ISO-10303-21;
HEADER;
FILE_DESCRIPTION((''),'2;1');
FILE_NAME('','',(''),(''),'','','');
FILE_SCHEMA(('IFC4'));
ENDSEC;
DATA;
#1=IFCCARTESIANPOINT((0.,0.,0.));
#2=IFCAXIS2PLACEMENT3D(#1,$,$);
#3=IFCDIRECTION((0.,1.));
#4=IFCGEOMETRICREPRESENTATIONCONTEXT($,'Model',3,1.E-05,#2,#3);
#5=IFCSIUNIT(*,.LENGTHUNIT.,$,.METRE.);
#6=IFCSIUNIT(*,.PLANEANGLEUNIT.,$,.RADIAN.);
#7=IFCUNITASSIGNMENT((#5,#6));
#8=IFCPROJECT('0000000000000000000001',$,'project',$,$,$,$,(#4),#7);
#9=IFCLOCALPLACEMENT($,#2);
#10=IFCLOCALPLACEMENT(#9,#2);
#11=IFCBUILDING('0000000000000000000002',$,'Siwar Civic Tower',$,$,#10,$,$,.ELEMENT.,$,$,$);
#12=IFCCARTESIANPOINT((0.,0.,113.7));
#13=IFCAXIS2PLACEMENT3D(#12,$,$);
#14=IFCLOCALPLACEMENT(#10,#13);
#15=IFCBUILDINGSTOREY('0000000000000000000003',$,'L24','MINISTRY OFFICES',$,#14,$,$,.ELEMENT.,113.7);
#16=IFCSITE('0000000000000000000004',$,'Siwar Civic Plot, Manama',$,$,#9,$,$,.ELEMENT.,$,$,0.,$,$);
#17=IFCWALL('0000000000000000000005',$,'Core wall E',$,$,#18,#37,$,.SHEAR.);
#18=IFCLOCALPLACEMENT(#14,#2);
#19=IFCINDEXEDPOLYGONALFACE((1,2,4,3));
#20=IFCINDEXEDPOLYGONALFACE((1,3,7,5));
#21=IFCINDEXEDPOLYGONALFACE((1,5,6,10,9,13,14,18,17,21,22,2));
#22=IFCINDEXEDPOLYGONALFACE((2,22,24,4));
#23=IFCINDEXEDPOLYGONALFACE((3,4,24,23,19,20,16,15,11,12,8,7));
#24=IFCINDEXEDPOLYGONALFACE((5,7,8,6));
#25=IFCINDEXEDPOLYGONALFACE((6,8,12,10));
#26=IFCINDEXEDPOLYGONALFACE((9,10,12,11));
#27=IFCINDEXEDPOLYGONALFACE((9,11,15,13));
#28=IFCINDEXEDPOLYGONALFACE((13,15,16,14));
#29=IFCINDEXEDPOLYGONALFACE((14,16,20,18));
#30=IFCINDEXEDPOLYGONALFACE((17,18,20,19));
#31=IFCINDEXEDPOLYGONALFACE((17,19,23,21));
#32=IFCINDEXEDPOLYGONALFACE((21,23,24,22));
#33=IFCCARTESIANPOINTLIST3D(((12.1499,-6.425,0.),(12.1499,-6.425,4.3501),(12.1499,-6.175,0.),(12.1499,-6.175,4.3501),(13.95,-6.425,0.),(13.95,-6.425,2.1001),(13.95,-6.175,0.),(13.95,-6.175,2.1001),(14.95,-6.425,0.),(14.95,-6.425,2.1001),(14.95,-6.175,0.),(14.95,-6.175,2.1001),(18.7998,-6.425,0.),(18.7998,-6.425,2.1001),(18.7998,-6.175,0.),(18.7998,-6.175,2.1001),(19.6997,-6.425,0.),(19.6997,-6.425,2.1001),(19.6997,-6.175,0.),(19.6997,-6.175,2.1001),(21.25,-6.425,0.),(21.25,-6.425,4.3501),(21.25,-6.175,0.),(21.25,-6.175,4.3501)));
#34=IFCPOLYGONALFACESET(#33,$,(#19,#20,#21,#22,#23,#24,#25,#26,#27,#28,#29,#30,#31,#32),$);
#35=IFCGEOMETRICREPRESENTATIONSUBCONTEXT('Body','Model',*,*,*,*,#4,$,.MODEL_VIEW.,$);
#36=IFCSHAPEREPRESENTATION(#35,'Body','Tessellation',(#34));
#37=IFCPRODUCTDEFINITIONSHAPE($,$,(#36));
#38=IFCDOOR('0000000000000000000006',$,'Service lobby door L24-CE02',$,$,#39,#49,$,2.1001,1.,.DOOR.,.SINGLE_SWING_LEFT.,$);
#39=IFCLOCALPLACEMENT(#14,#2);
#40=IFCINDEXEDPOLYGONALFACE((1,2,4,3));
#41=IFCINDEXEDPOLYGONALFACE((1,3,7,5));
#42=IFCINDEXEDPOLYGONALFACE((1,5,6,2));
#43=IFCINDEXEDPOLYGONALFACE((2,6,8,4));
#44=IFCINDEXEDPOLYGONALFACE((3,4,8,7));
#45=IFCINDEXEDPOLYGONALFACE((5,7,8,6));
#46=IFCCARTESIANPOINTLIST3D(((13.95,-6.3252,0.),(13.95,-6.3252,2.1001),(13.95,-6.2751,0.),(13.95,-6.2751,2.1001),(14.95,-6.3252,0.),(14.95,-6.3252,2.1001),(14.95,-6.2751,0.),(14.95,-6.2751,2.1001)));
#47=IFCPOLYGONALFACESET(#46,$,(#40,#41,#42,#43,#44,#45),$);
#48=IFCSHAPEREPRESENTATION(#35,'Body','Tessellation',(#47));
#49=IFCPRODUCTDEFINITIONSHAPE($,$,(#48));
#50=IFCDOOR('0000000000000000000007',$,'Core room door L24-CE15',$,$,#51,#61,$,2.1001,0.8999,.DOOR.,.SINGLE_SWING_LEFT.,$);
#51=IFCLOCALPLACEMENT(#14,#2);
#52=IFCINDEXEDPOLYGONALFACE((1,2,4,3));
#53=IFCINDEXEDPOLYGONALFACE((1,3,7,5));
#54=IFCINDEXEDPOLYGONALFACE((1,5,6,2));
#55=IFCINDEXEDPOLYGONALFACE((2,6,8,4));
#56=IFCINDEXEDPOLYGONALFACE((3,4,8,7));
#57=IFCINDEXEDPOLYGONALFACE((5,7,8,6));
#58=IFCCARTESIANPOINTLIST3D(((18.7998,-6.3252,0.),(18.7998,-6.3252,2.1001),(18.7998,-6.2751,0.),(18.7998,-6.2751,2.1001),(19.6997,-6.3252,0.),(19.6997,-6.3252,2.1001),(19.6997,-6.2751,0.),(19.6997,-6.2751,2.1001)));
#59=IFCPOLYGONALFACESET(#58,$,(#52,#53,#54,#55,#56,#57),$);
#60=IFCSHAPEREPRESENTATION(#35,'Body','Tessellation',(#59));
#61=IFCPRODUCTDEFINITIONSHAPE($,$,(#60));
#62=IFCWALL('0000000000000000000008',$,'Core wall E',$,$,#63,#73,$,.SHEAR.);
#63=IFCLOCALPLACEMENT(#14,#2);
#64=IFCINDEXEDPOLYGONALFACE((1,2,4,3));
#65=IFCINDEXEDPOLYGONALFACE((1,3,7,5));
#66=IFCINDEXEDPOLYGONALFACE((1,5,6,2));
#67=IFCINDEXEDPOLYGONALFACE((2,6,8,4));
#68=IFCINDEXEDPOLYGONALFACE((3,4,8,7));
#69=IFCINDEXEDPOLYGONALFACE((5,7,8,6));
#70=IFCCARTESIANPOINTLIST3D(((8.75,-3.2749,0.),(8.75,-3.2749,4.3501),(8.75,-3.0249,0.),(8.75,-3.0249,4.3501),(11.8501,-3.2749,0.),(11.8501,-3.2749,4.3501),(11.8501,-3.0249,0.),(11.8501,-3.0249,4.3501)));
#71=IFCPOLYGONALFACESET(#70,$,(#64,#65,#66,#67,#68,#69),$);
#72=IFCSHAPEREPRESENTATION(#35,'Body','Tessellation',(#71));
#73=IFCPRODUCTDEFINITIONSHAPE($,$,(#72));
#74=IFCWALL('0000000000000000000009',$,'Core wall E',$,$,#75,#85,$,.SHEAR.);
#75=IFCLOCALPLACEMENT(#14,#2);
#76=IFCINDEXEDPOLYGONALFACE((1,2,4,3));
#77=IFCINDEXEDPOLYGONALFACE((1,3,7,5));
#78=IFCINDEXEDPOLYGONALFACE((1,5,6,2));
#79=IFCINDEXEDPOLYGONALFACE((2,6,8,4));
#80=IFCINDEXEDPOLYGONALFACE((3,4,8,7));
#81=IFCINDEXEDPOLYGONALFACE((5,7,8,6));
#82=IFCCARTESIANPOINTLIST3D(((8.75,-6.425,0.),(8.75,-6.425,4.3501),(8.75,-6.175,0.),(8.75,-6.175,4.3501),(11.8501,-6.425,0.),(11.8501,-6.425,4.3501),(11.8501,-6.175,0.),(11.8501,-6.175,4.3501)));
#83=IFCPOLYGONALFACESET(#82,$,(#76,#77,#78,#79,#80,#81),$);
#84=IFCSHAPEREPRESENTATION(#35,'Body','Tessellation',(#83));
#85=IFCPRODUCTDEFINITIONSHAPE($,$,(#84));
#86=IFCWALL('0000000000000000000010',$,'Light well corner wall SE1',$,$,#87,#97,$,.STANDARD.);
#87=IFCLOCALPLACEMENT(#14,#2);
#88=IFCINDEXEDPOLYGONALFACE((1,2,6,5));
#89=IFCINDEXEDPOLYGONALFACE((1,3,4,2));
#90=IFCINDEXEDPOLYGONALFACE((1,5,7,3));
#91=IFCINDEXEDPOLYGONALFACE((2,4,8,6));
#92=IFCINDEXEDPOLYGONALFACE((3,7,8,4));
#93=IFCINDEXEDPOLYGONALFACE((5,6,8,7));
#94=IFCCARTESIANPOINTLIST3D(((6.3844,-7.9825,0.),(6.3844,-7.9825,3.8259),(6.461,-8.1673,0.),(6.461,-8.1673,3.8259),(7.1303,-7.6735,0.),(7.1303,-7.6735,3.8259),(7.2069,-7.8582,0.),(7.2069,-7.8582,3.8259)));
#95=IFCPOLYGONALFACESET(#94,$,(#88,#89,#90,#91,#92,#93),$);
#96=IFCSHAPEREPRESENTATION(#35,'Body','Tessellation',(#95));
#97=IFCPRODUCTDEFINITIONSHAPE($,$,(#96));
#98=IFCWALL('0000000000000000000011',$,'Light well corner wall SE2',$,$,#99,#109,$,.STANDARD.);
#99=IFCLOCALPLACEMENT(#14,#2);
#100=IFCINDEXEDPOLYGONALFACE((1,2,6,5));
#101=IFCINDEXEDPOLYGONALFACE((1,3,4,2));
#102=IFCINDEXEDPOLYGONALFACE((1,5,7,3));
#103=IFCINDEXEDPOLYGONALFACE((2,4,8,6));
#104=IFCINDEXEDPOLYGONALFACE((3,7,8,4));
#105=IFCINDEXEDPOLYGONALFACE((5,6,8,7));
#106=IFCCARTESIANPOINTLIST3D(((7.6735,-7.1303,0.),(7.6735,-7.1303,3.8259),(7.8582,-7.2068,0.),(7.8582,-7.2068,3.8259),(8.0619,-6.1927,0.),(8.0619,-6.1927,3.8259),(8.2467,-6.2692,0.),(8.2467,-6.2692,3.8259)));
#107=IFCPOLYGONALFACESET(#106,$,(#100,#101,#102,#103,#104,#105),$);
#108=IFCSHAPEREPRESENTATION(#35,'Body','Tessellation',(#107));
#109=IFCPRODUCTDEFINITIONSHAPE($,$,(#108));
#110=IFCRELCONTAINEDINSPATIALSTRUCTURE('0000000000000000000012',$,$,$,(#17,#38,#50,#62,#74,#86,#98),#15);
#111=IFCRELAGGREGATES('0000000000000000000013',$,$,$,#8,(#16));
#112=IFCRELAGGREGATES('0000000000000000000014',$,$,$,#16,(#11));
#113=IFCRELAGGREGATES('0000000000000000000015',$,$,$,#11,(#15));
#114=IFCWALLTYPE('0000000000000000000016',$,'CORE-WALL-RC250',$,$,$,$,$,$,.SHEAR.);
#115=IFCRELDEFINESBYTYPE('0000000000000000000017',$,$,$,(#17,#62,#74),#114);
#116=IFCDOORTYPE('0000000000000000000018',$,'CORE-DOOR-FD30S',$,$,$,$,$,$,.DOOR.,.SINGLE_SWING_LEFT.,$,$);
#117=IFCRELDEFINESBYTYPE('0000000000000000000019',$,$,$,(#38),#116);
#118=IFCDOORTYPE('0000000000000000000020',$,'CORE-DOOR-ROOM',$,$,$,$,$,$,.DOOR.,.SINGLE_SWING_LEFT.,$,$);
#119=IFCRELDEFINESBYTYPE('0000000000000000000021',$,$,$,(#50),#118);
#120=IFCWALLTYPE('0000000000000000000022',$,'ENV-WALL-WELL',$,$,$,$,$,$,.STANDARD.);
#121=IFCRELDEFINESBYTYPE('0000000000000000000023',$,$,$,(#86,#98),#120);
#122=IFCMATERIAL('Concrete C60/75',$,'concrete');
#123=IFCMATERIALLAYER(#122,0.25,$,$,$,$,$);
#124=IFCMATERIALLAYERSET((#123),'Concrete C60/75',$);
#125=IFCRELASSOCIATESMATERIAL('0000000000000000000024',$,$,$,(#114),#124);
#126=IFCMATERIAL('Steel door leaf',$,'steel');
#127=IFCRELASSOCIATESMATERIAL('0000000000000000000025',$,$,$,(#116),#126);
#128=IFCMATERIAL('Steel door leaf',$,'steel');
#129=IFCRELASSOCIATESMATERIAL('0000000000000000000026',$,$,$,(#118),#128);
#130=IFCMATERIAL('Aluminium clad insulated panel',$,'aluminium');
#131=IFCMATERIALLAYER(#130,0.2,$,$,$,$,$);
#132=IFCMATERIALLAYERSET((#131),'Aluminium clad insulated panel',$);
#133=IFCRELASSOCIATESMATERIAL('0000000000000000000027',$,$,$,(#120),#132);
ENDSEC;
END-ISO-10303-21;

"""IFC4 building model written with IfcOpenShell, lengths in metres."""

from ifc_helpers import new_model, si_unit, direction, frame, frame_2d, origin, place, context, subcontext, project, spatial, rectangle, extrude, material, layer, layer_set, type_object, element, fill, save


model = new_model("IFC4")

# Units and contexts
model_context = context("Model", 3, precision=1e-05, world=origin(), true_north=direction((0.0, 1.0)))
body_context = subcontext(model_context, "Body", "Model", "MODEL_VIEW")
ifc_project = project(units=[si_unit("LENGTHUNIT", "METRE"), si_unit("PLANEANGLEUNIT", "RADIAN")], contexts=[model_context])

# Site, building, storey
site_placement = place(None, origin())
site = spatial("IfcSite", under=ifc_project, at=site_placement, Name="Siwar Civic Plot, Manama", CompositionType="ELEMENT", RefElevation=0.0)
building_placement = place(site_placement, origin())
building = spatial("IfcBuilding", under=site, at=building_placement, Name="Siwar Civic Tower", CompositionType="ELEMENT")
storey_placement = place(building_placement, frame((0.0, 0.0, 113.7)))
storey = spatial("IfcBuildingStorey", under=building, at=storey_placement, Name="L24", Description="MINISTRY OFFICES", CompositionType="ELEMENT", Elevation=113.7)

# Wall, openings, doors
ifc_material_1 = material(Name="Concrete C60/75", Category="concrete")
ifc_layer_1 = layer(ifc_material_1, 0.25)
ifc_layer_set_1 = layer_set([ifc_layer_1], Name="Concrete C60/75")
wall_type_1 = type_object("IfcWallType", Name="CORE-WALL-RC250", PredefinedType="SHEAR", material=ifc_layer_set_1)
wall_1_placement = place(storey_placement, frame((12.1499, -6.3, 0.0), z_axis=(0.0, 0.0, 1.0), x_axis=(1.0, 0.0, 0.0)))
wall_1 = element("IfcWall", 1, at=wall_1_placement, inside=storey, type_object=wall_type_1, Name="Core wall E", PredefinedType="SHEAR", context=body_context, shape_type="SweptSolid", body=[
    extrude(rectangle(XDim=9.1001, YDim=0.25, at=frame_2d((4.55, 0.0))), origin(), (0.0, 0.0, 1.0), 4.3501),
])
opening_1_placement = place(wall_1_placement, frame((1.8, 0.0, 0.0)))
opening_1 = element("IfcOpeningElement", 2, at=opening_1_placement, cuts=wall_1, PredefinedType="OPENING", context=body_context, shape_type="SweptSolid", body=[
    extrude(rectangle(XDim=1.0, YDim=2.1001, at=frame_2d((0.5, 1.05))), frame((0.0, 0.135, 0.0), z_axis=(0.0, -1.0, 0.0), x_axis=(1.0, 0.0, 0.0)), (0.0, 0.0, 1.0), 0.27),
])
opening_2_placement = place(wall_1_placement, frame((6.6499, 0.0, 0.0)))
opening_2 = element("IfcOpeningElement", 3, at=opening_2_placement, cuts=wall_1, PredefinedType="OPENING", context=body_context, shape_type="SweptSolid", body=[
    extrude(rectangle(XDim=0.8999, YDim=2.1001, at=frame_2d((0.45, 1.05))), frame((0.0, 0.135, 0.0), z_axis=(0.0, -1.0, 0.0), x_axis=(1.0, 0.0, 0.0)), (0.0, 0.0, 1.0), 0.27),
])
ifc_material_2 = material(Name="Steel door leaf", Category="steel")
door_type_1 = type_object("IfcDoorType", Name="CORE-DOOR-FD30S", OperationType="SINGLE_SWING_LEFT", PredefinedType="DOOR", material=ifc_material_2)
door_1_placement = place(opening_1_placement, origin())
door_1 = element("IfcDoor", 4, at=door_1_placement, inside=storey, type_object=door_type_1, Name="Service lobby door L24-CE02", OperationType="SINGLE_SWING_LEFT", OverallHeight=2.1001, OverallWidth=1.0, PredefinedType="DOOR", context=body_context, shape_type="SweptSolid", body=[
    extrude(rectangle(XDim=1.0, YDim=2.1001, at=frame_2d((0.5, 1.05))), frame((0.0, 0.0249, 0.0), z_axis=(0.0, -1.0, 0.0), x_axis=(1.0, 0.0, 0.0)), (0.0, 0.0, 1.0), 0.05),
])
fill(opening_1, door_1)
ifc_material_3 = material(Name="Steel door leaf", Category="steel")
door_type_2 = type_object("IfcDoorType", Name="CORE-DOOR-ROOM", OperationType="SINGLE_SWING_LEFT", PredefinedType="DOOR", material=ifc_material_3)
door_2_placement = place(opening_2_placement, origin())
door_2 = element("IfcDoor", 5, at=door_2_placement, inside=storey, type_object=door_type_2, Name="Core room door L24-CE15", OperationType="SINGLE_SWING_LEFT", OverallHeight=2.1001, OverallWidth=0.8999, PredefinedType="DOOR", context=body_context, shape_type="SweptSolid", body=[
    extrude(rectangle(XDim=0.8999, YDim=2.1001, at=frame_2d((0.45, 1.05))), frame((0.0, 0.0249, 0.0), z_axis=(0.0, -1.0, 0.0), x_axis=(1.0, 0.0, 0.0)), (0.0, 0.0, 1.0), 0.05),
])
fill(opening_2, door_2)

# Walls
for number, where, z_axis, x_axis, name in (
    (6, (8.75, -3.1499, 0.0), (0.0, 0.0, 1.0), (1.0, 0.0, 0.0), "Core wall E"),
    (7, (8.75, -6.3, 0.0), (0.0, 0.0, 1.0), (1.0, 0.0, 0.0), "Core wall E"),
):
    element("IfcWall", number, at=place(storey_placement, frame(where, z_axis=z_axis, x_axis=x_axis)), inside=storey, type_object=wall_type_1, Name=name, PredefinedType="SHEAR", context=body_context, shape_type="SweptSolid", body=[
        extrude(rectangle(XDim=3.1001, YDim=0.25, at=frame_2d((1.55, 0.0))), origin(), (0.0, 0.0, 1.0), 4.3501),
    ])
ifc_material_4 = material(Name="Aluminium clad insulated panel", Category="aluminium")
ifc_layer_2 = layer(ifc_material_4, 0.2)
ifc_layer_set_2 = layer_set([ifc_layer_2], Name="Aluminium clad insulated panel")
wall_type_2 = type_object("IfcWallType", Name="ENV-WALL-WELL", PredefinedType="STANDARD", material=ifc_layer_set_2)
wall_2_placement = place(storey_placement, frame((6.4226, -8.075, 0.0), z_axis=(0.0, 0.0, 1.0), x_axis=(0.923818, 0.382833, 0.0)))
element("IfcWall", 8, at=wall_2_placement, inside=storey, type_object=wall_type_2, Name="Light well corner wall SE1", PredefinedType="STANDARD", context=body_context, shape_type="SweptSolid", body=[
    extrude(rectangle(XDim=0.8074, YDim=0.2, at=frame_2d((0.4038, 0.0))), origin(), (0.0, 0.0, 1.0), 3.8259),
])
wall_3_placement = place(storey_placement, frame((7.7659, -7.1685, 0.0), z_axis=(0.0, 0.0, 1.0), x_axis=(0.38277, 0.923844, 0.0)))
element("IfcWall", 9, at=wall_3_placement, inside=storey, type_object=wall_type_2, Name="Light well corner wall SE2", PredefinedType="STANDARD", context=body_context, shape_type="SweptSolid", body=[
    extrude(rectangle(XDim=1.0149, YDim=0.2, at=frame_2d((0.5073, 0.0))), origin(), (0.0, 0.0, 1.0), 3.8259),
])

save(model, "model.ifc")
